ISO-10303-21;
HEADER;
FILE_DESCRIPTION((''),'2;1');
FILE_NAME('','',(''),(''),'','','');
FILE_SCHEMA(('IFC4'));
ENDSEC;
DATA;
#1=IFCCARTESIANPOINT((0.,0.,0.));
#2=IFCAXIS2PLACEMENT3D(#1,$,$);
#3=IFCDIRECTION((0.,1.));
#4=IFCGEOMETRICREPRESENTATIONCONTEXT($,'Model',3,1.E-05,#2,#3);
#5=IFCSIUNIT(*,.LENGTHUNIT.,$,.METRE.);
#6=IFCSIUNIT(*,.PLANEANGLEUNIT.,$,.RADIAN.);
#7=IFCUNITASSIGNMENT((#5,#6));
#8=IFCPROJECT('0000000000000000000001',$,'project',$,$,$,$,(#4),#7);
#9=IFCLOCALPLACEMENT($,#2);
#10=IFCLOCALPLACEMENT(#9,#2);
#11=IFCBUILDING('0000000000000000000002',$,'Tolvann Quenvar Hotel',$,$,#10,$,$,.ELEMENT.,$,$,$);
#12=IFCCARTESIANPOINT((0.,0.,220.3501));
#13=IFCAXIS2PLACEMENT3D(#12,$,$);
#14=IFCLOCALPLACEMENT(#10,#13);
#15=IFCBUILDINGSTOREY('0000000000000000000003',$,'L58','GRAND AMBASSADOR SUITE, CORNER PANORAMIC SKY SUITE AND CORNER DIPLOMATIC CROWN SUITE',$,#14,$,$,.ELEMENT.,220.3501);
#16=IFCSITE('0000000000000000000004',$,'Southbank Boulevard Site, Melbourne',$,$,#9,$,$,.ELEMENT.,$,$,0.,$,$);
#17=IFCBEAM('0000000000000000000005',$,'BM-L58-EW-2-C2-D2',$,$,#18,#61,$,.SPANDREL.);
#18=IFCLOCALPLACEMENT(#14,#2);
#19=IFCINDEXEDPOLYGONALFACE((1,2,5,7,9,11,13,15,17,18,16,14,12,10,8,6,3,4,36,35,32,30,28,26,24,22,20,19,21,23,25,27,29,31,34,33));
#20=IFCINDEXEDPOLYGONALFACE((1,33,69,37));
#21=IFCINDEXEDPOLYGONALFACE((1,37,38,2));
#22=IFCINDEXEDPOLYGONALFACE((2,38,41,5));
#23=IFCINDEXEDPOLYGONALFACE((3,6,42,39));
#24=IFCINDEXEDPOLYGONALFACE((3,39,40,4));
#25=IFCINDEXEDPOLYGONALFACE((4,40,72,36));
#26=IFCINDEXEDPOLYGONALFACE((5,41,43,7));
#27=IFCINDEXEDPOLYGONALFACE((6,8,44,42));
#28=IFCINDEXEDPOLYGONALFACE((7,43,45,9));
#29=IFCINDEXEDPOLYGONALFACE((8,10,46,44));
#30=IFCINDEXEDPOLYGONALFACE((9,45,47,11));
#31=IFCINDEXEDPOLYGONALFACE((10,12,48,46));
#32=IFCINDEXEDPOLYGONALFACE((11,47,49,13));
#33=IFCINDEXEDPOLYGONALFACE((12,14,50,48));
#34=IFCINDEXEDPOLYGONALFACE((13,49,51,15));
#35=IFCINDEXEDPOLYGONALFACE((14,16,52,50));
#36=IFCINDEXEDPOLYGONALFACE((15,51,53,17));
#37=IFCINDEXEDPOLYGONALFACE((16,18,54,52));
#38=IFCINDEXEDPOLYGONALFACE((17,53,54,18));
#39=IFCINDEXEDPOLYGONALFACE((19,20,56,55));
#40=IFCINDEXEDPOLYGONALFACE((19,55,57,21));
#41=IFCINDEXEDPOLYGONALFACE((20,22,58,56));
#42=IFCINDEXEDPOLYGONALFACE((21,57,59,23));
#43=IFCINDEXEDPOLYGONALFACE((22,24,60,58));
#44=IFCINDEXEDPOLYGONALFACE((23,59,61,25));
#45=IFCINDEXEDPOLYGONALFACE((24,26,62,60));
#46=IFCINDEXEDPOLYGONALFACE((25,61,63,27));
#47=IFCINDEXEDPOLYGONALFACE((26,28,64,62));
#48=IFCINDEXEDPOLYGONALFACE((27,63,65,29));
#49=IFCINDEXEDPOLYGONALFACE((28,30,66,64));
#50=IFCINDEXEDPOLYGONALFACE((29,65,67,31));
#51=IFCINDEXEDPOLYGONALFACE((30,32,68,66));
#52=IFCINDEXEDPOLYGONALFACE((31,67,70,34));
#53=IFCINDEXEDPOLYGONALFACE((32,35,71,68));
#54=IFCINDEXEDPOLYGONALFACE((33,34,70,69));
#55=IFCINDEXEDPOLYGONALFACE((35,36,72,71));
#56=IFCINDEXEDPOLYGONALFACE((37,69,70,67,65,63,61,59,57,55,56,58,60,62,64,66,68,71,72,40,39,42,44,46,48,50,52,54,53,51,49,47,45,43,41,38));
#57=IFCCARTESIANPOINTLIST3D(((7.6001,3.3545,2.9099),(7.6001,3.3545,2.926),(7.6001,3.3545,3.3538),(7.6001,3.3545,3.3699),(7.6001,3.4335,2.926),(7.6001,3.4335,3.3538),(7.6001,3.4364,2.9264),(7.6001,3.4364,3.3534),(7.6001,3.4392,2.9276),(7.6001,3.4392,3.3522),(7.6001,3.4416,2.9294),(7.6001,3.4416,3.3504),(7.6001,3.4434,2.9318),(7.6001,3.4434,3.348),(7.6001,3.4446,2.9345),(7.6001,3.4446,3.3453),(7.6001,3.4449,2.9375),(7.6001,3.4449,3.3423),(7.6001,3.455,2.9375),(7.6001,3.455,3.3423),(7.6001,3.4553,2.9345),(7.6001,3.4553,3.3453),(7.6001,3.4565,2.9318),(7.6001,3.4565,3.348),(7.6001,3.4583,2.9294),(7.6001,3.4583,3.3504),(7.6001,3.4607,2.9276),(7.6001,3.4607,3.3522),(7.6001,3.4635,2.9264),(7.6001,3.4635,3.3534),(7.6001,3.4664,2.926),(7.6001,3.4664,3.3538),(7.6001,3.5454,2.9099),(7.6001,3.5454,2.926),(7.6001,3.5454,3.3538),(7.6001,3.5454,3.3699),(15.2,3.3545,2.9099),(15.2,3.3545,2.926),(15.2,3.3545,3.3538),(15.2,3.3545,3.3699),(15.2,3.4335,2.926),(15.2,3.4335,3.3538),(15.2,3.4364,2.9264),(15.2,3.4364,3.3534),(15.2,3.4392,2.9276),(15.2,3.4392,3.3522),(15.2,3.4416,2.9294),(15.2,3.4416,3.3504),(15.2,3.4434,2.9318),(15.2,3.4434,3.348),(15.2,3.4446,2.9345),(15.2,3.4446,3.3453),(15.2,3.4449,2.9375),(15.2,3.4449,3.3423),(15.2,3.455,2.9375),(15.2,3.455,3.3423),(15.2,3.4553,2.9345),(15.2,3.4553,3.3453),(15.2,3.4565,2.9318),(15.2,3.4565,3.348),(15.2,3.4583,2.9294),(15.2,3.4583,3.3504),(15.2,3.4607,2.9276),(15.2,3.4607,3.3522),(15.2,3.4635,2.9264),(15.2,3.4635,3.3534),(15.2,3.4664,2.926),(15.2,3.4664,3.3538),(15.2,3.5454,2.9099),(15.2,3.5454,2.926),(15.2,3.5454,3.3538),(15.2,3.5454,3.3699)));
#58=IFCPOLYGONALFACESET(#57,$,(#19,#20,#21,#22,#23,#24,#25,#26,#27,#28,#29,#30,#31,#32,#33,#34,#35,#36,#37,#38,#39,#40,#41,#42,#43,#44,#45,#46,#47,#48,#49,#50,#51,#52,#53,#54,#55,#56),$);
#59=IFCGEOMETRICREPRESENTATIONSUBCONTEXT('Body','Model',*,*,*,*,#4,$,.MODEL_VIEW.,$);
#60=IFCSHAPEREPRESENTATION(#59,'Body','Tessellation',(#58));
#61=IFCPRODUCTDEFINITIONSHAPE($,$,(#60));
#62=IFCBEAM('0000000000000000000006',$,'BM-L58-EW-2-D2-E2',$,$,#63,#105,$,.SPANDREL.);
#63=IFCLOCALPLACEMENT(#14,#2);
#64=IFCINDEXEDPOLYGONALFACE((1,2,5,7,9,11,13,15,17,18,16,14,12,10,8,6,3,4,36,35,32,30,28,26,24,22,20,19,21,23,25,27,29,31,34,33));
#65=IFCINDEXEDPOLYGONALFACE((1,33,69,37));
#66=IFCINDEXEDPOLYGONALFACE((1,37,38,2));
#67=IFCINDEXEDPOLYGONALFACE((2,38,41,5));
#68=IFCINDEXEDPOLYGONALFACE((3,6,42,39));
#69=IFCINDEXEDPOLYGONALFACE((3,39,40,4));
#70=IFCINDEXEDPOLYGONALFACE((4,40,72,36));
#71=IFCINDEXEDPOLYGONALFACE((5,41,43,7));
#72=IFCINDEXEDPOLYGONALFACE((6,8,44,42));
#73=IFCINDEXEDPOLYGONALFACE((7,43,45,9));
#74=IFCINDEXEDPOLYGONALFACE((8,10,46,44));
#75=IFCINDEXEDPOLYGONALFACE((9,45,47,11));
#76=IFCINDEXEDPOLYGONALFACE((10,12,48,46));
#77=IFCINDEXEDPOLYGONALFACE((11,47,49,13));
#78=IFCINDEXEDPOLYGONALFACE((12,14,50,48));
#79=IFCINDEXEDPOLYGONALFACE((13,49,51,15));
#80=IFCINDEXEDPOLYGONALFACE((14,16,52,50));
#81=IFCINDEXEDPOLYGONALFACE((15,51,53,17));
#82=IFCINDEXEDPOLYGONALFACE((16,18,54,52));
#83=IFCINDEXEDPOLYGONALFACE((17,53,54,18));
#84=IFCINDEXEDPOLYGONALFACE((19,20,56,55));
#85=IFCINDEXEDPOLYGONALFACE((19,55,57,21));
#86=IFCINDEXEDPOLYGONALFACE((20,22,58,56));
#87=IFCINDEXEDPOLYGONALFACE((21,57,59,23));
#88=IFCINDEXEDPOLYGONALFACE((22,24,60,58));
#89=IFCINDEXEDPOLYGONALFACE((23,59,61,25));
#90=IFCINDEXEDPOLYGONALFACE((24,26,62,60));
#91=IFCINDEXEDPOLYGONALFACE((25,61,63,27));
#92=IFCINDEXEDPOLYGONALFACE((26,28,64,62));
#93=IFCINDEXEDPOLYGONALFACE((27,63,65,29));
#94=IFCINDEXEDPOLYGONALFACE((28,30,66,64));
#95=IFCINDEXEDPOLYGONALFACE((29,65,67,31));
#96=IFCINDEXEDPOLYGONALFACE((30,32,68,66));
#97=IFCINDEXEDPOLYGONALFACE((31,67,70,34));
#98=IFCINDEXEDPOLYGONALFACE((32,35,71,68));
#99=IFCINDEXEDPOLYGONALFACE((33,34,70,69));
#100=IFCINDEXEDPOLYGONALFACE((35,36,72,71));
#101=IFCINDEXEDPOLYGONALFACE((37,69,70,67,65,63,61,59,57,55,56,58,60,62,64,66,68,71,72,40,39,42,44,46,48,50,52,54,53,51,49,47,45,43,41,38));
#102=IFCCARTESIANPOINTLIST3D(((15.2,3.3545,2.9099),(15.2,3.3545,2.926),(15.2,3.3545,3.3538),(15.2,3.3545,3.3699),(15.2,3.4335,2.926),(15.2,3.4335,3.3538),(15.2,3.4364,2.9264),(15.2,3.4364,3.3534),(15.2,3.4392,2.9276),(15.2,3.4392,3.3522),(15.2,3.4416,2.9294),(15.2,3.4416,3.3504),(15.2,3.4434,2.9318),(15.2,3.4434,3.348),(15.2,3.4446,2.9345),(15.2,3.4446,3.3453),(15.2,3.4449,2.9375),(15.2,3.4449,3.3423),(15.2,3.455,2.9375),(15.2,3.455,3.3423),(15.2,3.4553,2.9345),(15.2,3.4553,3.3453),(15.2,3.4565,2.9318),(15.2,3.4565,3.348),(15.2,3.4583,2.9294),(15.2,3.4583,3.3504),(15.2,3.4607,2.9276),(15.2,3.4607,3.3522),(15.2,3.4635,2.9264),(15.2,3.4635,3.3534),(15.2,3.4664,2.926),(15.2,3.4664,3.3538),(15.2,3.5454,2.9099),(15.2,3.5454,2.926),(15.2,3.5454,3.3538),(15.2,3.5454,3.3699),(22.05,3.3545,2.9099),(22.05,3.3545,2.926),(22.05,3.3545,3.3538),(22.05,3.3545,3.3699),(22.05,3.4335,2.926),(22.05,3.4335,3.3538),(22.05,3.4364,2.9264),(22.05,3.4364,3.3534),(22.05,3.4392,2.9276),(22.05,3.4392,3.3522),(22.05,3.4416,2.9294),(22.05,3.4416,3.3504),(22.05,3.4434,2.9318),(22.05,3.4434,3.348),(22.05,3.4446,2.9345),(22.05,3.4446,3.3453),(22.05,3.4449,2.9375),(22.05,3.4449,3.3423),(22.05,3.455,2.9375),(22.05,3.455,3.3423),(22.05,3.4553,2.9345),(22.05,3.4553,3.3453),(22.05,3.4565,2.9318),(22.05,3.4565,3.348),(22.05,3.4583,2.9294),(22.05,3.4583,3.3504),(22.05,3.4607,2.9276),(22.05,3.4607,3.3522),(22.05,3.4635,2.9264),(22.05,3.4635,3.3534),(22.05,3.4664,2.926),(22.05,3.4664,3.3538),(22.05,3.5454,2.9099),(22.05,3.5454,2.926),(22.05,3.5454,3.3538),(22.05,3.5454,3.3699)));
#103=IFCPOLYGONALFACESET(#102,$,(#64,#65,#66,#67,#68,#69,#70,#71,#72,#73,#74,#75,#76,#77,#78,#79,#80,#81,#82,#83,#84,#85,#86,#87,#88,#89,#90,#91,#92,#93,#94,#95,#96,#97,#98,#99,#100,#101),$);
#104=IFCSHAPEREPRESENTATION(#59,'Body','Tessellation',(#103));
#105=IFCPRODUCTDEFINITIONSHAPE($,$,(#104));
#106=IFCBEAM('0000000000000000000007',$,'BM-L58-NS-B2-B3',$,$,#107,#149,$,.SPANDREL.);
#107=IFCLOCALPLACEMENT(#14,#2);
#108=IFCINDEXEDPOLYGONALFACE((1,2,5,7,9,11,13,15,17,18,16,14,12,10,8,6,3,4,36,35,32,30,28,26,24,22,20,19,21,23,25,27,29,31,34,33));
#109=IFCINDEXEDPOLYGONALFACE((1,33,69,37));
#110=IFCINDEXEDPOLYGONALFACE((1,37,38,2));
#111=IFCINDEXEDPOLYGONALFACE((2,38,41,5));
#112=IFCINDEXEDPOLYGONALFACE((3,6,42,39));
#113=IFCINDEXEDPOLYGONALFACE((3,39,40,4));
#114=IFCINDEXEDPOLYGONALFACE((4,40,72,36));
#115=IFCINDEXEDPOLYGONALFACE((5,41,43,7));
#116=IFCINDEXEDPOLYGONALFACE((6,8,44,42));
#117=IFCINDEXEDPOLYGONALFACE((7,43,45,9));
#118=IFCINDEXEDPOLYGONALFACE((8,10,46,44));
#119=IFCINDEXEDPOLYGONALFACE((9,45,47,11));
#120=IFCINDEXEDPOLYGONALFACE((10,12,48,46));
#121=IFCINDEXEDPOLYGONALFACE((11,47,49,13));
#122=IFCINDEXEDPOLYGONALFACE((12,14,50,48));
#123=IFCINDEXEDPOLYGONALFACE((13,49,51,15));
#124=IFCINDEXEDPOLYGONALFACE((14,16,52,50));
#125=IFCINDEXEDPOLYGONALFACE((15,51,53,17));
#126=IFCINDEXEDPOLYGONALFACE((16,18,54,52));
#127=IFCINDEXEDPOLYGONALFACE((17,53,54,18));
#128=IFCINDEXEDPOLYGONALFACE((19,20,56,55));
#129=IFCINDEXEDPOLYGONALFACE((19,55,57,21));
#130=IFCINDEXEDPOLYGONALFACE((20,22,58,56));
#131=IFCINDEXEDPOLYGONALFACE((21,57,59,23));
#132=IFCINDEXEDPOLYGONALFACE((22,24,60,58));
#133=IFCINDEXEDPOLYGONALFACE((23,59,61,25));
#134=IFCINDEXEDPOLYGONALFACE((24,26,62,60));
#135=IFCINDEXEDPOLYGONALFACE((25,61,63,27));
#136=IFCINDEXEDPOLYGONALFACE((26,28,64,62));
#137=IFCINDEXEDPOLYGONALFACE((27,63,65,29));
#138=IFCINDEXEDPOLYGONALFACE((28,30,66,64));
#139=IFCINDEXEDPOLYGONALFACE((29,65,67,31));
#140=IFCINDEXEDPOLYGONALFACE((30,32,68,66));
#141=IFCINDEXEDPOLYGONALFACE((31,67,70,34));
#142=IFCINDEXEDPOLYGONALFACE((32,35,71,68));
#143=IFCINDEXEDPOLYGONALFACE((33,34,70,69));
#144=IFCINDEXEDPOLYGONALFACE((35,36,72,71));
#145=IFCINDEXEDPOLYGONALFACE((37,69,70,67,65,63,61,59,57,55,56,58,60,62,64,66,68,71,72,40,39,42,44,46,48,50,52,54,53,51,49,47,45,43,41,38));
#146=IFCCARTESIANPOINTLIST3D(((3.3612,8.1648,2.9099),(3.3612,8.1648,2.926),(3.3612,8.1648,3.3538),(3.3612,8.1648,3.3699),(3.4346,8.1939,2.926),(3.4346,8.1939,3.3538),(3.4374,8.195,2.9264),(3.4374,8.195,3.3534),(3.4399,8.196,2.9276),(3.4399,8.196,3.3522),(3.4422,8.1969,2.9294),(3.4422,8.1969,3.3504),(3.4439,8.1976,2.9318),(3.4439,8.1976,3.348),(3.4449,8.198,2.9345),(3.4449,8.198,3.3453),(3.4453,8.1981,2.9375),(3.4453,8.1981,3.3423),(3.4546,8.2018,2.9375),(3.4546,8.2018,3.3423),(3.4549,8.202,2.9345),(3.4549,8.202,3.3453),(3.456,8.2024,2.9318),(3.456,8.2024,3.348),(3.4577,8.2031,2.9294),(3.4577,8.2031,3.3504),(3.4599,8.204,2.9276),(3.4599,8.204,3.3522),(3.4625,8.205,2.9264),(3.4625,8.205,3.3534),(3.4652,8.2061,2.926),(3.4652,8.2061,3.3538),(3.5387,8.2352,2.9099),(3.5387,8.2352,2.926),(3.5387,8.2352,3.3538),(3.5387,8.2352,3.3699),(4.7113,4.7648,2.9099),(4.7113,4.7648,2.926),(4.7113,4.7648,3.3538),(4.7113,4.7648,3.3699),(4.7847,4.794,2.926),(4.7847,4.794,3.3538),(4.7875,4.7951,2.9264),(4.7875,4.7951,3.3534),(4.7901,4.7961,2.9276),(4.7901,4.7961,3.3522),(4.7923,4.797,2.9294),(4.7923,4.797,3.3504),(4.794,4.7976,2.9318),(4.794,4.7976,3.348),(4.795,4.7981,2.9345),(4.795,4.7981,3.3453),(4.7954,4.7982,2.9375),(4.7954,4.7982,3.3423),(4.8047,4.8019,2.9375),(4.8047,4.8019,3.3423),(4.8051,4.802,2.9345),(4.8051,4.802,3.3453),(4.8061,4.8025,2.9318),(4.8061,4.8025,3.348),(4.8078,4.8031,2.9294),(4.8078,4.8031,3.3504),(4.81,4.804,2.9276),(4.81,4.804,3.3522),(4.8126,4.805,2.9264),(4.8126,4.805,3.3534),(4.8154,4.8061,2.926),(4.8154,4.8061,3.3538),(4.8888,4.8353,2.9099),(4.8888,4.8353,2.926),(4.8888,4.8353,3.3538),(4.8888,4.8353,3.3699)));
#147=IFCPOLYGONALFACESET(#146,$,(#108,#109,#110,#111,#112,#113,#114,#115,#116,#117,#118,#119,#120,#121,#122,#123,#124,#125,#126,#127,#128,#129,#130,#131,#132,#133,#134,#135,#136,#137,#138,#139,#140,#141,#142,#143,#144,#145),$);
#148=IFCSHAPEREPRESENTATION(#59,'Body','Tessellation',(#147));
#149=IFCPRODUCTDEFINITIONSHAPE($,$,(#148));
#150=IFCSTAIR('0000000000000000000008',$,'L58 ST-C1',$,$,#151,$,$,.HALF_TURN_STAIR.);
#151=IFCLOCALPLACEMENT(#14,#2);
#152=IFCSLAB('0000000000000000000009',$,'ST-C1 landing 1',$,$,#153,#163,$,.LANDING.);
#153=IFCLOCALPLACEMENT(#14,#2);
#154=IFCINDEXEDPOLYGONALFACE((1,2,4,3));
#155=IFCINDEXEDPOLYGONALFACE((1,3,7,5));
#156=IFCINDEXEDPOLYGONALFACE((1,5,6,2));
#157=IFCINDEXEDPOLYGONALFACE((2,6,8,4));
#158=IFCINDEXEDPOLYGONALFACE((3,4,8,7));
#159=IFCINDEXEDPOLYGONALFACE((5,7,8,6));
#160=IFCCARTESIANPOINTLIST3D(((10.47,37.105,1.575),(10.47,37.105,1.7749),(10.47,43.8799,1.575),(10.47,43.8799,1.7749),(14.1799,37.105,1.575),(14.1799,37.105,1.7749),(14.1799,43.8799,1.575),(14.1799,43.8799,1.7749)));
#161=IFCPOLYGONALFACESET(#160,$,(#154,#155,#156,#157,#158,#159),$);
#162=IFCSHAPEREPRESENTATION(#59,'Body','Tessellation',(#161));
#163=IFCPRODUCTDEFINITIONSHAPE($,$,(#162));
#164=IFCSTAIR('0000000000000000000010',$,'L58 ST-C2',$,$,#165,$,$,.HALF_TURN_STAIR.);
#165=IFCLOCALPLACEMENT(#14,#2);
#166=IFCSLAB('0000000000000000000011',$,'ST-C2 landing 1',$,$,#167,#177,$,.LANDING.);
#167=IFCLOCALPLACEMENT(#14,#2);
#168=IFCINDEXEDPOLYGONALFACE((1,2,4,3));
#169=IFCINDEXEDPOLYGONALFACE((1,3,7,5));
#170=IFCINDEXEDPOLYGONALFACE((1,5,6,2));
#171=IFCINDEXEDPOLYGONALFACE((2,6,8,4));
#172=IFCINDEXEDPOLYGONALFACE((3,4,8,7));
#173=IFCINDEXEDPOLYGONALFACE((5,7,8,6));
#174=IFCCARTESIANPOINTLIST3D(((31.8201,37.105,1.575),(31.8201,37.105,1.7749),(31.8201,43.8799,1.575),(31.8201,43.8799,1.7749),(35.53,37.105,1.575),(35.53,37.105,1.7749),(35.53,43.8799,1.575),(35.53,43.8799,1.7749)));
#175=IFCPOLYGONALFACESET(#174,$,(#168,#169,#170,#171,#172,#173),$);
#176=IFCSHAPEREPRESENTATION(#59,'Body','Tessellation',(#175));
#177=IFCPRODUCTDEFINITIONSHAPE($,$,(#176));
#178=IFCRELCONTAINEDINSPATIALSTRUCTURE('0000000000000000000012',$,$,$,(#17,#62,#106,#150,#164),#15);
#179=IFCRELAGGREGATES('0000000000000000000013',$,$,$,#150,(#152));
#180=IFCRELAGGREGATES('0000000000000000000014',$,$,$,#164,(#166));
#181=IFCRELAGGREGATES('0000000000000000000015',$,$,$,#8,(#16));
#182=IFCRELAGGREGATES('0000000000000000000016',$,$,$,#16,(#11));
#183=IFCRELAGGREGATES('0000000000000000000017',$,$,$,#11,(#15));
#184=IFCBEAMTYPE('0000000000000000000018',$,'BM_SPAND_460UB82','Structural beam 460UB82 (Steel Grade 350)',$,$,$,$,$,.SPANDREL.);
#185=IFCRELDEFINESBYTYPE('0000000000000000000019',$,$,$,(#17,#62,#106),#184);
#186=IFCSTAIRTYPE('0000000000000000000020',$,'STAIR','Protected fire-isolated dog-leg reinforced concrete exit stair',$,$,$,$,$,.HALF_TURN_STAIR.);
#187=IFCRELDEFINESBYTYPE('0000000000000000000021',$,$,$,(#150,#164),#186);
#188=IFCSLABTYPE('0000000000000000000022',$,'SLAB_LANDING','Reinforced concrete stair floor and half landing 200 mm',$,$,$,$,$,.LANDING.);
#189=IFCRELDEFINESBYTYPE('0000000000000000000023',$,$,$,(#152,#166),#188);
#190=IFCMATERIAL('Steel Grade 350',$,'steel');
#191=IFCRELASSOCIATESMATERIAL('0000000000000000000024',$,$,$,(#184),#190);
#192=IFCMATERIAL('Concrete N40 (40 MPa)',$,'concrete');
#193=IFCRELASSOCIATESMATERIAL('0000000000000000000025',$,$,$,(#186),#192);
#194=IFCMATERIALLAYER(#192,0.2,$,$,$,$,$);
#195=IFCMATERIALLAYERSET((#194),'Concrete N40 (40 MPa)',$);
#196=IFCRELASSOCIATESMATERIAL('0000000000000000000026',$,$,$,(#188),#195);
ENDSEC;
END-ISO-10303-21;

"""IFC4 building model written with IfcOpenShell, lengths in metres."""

from ifc_helpers import new_model, si_unit, direction, frame, origin, origin_2d, place, context, subcontext, project, spatial, polyline, i_section, outline, extrude, source, transform, mapped, material, layer, layer_set, material_profile, profile_set, type_object, element, aggregate, save


model = new_model("IFC4")

# Units and contexts
model_context = context("Model", 3, precision=1e-05, world=origin(), true_north=direction((0.0, 1.0)))
body_context = subcontext(model_context, "Body", "Model", "MODEL_VIEW")
ifc_project = project(units=[si_unit("LENGTHUNIT", "METRE"), si_unit("PLANEANGLEUNIT", "RADIAN")], contexts=[model_context])

# Site, building, storey
site_placement = place(None, origin())
site = spatial("IfcSite", under=ifc_project, at=site_placement, Name="Southbank Boulevard Site, Melbourne", CompositionType="ELEMENT", RefElevation=0.0)
building_placement = place(site_placement, origin())
building = spatial("IfcBuilding", under=site, at=building_placement, Name="Tolvann Quenvar Hotel", CompositionType="ELEMENT")
storey_placement = place(building_placement, frame((0.0, 0.0, 220.3501)))
storey = spatial("IfcBuildingStorey", under=building, at=storey_placement, Name="L58", Description="GRAND AMBASSADOR SUITE, CORNER PANORAMIC SKY SUITE AND CORNER DIPLOMATIC CROWN SUITE", CompositionType="ELEMENT", Elevation=220.3501)

# Beams
ifc_material_1 = material(Name="Steel Grade 350", Category="steel")
ifc_material_profile_1 = material_profile(ifc_material_1, i_section(OverallWidth=0.1909, OverallDepth=0.46, WebThickness=0.01, FlangeThickness=0.0161, FilletRadius=0.0115, at=origin_2d()), Name="460UB82")
ifc_profile_set_1 = profile_set([ifc_material_profile_1], Name="Steel Grade 350")
beam_type_1 = type_object("IfcBeamType", Name="BM_SPAND_460UB82", Description="Structural beam 460UB82 (Steel Grade 350)", PredefinedType="SPANDREL", material=ifc_profile_set_1)
shared_shape_1 = source(origin(), body_context, "Body", "SweptSolid", [
    extrude(i_section(OverallWidth=0.1909, OverallDepth=0.46, WebThickness=0.01, FlangeThickness=0.0161, FilletRadius=0.0115, at=origin_2d()), origin(), (0.0, 0.0, 1.0), 7.5999),
])
beam_1_placement = place(storey_placement, frame((7.6001, 3.45, 3.1399), z_axis=(1.0, 0.0, 0.0), x_axis=(0.0, 1.0, 0.0)))
element("IfcBeam", 1, at=beam_1_placement, inside=storey, type_object=beam_type_1, Name="BM-L58-EW-2-C2-D2", PredefinedType="SPANDREL", context=body_context, shape_type="MappedRepresentation", body=[
    mapped(shared_shape_1, transform((0.0, 0.0, 0.0), x_axis=(1.0, 0.0, 0.0), y_axis=(0.0, 1.0, 0.0), z_axis=(0.0, 0.0, 1.0), scale=1.0)),
])
shared_shape_2 = source(origin(), body_context, "Body", "SweptSolid", [
    extrude(i_section(OverallWidth=0.1909, OverallDepth=0.46, WebThickness=0.01, FlangeThickness=0.0161, FilletRadius=0.0115, at=origin_2d()), origin(), (0.0, 0.0, 1.0), 6.8501),
])
beam_2_placement = place(storey_placement, frame((15.2, 3.45, 3.1399), z_axis=(1.0, 0.0, 0.0), x_axis=(0.0, 1.0, 0.0)))
element("IfcBeam", 2, at=beam_2_placement, inside=storey, type_object=beam_type_1, Name="BM-L58-EW-2-D2-E2", PredefinedType="SPANDREL", context=body_context, shape_type="MappedRepresentation", body=[
    mapped(shared_shape_2, transform((0.0, 0.0, 0.0), x_axis=(1.0, 0.0, 0.0), y_axis=(0.0, 1.0, 0.0), z_axis=(0.0, 0.0, 1.0), scale=1.0)),
])
shared_shape_3 = source(origin(), body_context, "Body", "SweptSolid", [
    extrude(i_section(OverallWidth=0.1909, OverallDepth=0.46, WebThickness=0.01, FlangeThickness=0.0161, FilletRadius=0.0115, at=origin_2d()), origin(), (0.0, 0.0, 1.0), 3.6582),
])
beam_3_placement = place(storey_placement, frame((4.8, 4.8, 3.1399), z_axis=(-0.369065, 0.929404, 0.0), x_axis=(-0.929404, -0.369065, 0.0)))
element("IfcBeam", 3, at=beam_3_placement, inside=storey, type_object=beam_type_1, Name="BM-L58-NS-B2-B3", PredefinedType="SPANDREL", context=body_context, shape_type="MappedRepresentation", body=[
    mapped(shared_shape_3, transform((0.0, 0.0, 0.0), x_axis=(1.0, 0.0, 0.0), y_axis=(0.0, 1.0, 0.0), z_axis=(0.0, 0.0, 1.0), scale=1.0)),
])

# Stairs, slabs
ifc_material_2 = material(Name="Concrete N40 (40 MPa)", Category="concrete")
stair_type = type_object("IfcStairType", Name="STAIR", Description="Protected fire-isolated dog-leg reinforced concrete exit stair", PredefinedType="HALF_TURN_STAIR", material=ifc_material_2)
stair_1_placement = place(storey_placement, origin())
stair_1 = element("IfcStair", 4, at=stair_1_placement, inside=storey, type_object=stair_type, Name="L58 ST-C1", PredefinedType="HALF_TURN_STAIR")
ifc_layer_1 = layer(ifc_material_2, 0.2)
ifc_layer_set_1 = layer_set([ifc_layer_1], Name="Concrete N40 (40 MPa)")
slab_type_1 = type_object("IfcSlabType", Name="SLAB_LANDING", Description="Reinforced concrete stair floor and half landing 200 mm", PredefinedType="LANDING", material=ifc_layer_set_1)
slab_1_placement = place(storey_placement, frame((0.0, 0.0, 1.575)))
slab_1 = element("IfcSlab", 5, at=slab_1_placement, type_object=slab_type_1, Name="ST-C1 landing 1", PredefinedType="LANDING", context=body_context, shape_type="SweptSolid", body=[
    extrude(outline(polyline([(14.1799, 37.105), (14.1799, 43.8799), (10.47, 43.8799), (10.47, 37.105), (14.1799, 37.105)])), origin(), (0.0, 0.0, 1.0), 0.2),
])
aggregate(stair_1, [slab_1])
stair_2_placement = place(storey_placement, origin())
stair_2 = element("IfcStair", 6, at=stair_2_placement, inside=storey, type_object=stair_type, Name="L58 ST-C2", PredefinedType="HALF_TURN_STAIR")
slab_2_placement = place(storey_placement, frame((0.0, 0.0, 1.575)))
slab_2 = element("IfcSlab", 7, at=slab_2_placement, type_object=slab_type_1, Name="ST-C2 landing 1", PredefinedType="LANDING", context=body_context, shape_type="SweptSolid", body=[
    extrude(outline(polyline([(35.53, 37.105), (35.53, 43.8799), (31.8201, 43.8799), (31.8201, 37.105), (35.53, 37.105)])), origin(), (0.0, 0.0, 1.0), 0.2),
])
aggregate(stair_2, [slab_2])

save(model, "model.ifc")
